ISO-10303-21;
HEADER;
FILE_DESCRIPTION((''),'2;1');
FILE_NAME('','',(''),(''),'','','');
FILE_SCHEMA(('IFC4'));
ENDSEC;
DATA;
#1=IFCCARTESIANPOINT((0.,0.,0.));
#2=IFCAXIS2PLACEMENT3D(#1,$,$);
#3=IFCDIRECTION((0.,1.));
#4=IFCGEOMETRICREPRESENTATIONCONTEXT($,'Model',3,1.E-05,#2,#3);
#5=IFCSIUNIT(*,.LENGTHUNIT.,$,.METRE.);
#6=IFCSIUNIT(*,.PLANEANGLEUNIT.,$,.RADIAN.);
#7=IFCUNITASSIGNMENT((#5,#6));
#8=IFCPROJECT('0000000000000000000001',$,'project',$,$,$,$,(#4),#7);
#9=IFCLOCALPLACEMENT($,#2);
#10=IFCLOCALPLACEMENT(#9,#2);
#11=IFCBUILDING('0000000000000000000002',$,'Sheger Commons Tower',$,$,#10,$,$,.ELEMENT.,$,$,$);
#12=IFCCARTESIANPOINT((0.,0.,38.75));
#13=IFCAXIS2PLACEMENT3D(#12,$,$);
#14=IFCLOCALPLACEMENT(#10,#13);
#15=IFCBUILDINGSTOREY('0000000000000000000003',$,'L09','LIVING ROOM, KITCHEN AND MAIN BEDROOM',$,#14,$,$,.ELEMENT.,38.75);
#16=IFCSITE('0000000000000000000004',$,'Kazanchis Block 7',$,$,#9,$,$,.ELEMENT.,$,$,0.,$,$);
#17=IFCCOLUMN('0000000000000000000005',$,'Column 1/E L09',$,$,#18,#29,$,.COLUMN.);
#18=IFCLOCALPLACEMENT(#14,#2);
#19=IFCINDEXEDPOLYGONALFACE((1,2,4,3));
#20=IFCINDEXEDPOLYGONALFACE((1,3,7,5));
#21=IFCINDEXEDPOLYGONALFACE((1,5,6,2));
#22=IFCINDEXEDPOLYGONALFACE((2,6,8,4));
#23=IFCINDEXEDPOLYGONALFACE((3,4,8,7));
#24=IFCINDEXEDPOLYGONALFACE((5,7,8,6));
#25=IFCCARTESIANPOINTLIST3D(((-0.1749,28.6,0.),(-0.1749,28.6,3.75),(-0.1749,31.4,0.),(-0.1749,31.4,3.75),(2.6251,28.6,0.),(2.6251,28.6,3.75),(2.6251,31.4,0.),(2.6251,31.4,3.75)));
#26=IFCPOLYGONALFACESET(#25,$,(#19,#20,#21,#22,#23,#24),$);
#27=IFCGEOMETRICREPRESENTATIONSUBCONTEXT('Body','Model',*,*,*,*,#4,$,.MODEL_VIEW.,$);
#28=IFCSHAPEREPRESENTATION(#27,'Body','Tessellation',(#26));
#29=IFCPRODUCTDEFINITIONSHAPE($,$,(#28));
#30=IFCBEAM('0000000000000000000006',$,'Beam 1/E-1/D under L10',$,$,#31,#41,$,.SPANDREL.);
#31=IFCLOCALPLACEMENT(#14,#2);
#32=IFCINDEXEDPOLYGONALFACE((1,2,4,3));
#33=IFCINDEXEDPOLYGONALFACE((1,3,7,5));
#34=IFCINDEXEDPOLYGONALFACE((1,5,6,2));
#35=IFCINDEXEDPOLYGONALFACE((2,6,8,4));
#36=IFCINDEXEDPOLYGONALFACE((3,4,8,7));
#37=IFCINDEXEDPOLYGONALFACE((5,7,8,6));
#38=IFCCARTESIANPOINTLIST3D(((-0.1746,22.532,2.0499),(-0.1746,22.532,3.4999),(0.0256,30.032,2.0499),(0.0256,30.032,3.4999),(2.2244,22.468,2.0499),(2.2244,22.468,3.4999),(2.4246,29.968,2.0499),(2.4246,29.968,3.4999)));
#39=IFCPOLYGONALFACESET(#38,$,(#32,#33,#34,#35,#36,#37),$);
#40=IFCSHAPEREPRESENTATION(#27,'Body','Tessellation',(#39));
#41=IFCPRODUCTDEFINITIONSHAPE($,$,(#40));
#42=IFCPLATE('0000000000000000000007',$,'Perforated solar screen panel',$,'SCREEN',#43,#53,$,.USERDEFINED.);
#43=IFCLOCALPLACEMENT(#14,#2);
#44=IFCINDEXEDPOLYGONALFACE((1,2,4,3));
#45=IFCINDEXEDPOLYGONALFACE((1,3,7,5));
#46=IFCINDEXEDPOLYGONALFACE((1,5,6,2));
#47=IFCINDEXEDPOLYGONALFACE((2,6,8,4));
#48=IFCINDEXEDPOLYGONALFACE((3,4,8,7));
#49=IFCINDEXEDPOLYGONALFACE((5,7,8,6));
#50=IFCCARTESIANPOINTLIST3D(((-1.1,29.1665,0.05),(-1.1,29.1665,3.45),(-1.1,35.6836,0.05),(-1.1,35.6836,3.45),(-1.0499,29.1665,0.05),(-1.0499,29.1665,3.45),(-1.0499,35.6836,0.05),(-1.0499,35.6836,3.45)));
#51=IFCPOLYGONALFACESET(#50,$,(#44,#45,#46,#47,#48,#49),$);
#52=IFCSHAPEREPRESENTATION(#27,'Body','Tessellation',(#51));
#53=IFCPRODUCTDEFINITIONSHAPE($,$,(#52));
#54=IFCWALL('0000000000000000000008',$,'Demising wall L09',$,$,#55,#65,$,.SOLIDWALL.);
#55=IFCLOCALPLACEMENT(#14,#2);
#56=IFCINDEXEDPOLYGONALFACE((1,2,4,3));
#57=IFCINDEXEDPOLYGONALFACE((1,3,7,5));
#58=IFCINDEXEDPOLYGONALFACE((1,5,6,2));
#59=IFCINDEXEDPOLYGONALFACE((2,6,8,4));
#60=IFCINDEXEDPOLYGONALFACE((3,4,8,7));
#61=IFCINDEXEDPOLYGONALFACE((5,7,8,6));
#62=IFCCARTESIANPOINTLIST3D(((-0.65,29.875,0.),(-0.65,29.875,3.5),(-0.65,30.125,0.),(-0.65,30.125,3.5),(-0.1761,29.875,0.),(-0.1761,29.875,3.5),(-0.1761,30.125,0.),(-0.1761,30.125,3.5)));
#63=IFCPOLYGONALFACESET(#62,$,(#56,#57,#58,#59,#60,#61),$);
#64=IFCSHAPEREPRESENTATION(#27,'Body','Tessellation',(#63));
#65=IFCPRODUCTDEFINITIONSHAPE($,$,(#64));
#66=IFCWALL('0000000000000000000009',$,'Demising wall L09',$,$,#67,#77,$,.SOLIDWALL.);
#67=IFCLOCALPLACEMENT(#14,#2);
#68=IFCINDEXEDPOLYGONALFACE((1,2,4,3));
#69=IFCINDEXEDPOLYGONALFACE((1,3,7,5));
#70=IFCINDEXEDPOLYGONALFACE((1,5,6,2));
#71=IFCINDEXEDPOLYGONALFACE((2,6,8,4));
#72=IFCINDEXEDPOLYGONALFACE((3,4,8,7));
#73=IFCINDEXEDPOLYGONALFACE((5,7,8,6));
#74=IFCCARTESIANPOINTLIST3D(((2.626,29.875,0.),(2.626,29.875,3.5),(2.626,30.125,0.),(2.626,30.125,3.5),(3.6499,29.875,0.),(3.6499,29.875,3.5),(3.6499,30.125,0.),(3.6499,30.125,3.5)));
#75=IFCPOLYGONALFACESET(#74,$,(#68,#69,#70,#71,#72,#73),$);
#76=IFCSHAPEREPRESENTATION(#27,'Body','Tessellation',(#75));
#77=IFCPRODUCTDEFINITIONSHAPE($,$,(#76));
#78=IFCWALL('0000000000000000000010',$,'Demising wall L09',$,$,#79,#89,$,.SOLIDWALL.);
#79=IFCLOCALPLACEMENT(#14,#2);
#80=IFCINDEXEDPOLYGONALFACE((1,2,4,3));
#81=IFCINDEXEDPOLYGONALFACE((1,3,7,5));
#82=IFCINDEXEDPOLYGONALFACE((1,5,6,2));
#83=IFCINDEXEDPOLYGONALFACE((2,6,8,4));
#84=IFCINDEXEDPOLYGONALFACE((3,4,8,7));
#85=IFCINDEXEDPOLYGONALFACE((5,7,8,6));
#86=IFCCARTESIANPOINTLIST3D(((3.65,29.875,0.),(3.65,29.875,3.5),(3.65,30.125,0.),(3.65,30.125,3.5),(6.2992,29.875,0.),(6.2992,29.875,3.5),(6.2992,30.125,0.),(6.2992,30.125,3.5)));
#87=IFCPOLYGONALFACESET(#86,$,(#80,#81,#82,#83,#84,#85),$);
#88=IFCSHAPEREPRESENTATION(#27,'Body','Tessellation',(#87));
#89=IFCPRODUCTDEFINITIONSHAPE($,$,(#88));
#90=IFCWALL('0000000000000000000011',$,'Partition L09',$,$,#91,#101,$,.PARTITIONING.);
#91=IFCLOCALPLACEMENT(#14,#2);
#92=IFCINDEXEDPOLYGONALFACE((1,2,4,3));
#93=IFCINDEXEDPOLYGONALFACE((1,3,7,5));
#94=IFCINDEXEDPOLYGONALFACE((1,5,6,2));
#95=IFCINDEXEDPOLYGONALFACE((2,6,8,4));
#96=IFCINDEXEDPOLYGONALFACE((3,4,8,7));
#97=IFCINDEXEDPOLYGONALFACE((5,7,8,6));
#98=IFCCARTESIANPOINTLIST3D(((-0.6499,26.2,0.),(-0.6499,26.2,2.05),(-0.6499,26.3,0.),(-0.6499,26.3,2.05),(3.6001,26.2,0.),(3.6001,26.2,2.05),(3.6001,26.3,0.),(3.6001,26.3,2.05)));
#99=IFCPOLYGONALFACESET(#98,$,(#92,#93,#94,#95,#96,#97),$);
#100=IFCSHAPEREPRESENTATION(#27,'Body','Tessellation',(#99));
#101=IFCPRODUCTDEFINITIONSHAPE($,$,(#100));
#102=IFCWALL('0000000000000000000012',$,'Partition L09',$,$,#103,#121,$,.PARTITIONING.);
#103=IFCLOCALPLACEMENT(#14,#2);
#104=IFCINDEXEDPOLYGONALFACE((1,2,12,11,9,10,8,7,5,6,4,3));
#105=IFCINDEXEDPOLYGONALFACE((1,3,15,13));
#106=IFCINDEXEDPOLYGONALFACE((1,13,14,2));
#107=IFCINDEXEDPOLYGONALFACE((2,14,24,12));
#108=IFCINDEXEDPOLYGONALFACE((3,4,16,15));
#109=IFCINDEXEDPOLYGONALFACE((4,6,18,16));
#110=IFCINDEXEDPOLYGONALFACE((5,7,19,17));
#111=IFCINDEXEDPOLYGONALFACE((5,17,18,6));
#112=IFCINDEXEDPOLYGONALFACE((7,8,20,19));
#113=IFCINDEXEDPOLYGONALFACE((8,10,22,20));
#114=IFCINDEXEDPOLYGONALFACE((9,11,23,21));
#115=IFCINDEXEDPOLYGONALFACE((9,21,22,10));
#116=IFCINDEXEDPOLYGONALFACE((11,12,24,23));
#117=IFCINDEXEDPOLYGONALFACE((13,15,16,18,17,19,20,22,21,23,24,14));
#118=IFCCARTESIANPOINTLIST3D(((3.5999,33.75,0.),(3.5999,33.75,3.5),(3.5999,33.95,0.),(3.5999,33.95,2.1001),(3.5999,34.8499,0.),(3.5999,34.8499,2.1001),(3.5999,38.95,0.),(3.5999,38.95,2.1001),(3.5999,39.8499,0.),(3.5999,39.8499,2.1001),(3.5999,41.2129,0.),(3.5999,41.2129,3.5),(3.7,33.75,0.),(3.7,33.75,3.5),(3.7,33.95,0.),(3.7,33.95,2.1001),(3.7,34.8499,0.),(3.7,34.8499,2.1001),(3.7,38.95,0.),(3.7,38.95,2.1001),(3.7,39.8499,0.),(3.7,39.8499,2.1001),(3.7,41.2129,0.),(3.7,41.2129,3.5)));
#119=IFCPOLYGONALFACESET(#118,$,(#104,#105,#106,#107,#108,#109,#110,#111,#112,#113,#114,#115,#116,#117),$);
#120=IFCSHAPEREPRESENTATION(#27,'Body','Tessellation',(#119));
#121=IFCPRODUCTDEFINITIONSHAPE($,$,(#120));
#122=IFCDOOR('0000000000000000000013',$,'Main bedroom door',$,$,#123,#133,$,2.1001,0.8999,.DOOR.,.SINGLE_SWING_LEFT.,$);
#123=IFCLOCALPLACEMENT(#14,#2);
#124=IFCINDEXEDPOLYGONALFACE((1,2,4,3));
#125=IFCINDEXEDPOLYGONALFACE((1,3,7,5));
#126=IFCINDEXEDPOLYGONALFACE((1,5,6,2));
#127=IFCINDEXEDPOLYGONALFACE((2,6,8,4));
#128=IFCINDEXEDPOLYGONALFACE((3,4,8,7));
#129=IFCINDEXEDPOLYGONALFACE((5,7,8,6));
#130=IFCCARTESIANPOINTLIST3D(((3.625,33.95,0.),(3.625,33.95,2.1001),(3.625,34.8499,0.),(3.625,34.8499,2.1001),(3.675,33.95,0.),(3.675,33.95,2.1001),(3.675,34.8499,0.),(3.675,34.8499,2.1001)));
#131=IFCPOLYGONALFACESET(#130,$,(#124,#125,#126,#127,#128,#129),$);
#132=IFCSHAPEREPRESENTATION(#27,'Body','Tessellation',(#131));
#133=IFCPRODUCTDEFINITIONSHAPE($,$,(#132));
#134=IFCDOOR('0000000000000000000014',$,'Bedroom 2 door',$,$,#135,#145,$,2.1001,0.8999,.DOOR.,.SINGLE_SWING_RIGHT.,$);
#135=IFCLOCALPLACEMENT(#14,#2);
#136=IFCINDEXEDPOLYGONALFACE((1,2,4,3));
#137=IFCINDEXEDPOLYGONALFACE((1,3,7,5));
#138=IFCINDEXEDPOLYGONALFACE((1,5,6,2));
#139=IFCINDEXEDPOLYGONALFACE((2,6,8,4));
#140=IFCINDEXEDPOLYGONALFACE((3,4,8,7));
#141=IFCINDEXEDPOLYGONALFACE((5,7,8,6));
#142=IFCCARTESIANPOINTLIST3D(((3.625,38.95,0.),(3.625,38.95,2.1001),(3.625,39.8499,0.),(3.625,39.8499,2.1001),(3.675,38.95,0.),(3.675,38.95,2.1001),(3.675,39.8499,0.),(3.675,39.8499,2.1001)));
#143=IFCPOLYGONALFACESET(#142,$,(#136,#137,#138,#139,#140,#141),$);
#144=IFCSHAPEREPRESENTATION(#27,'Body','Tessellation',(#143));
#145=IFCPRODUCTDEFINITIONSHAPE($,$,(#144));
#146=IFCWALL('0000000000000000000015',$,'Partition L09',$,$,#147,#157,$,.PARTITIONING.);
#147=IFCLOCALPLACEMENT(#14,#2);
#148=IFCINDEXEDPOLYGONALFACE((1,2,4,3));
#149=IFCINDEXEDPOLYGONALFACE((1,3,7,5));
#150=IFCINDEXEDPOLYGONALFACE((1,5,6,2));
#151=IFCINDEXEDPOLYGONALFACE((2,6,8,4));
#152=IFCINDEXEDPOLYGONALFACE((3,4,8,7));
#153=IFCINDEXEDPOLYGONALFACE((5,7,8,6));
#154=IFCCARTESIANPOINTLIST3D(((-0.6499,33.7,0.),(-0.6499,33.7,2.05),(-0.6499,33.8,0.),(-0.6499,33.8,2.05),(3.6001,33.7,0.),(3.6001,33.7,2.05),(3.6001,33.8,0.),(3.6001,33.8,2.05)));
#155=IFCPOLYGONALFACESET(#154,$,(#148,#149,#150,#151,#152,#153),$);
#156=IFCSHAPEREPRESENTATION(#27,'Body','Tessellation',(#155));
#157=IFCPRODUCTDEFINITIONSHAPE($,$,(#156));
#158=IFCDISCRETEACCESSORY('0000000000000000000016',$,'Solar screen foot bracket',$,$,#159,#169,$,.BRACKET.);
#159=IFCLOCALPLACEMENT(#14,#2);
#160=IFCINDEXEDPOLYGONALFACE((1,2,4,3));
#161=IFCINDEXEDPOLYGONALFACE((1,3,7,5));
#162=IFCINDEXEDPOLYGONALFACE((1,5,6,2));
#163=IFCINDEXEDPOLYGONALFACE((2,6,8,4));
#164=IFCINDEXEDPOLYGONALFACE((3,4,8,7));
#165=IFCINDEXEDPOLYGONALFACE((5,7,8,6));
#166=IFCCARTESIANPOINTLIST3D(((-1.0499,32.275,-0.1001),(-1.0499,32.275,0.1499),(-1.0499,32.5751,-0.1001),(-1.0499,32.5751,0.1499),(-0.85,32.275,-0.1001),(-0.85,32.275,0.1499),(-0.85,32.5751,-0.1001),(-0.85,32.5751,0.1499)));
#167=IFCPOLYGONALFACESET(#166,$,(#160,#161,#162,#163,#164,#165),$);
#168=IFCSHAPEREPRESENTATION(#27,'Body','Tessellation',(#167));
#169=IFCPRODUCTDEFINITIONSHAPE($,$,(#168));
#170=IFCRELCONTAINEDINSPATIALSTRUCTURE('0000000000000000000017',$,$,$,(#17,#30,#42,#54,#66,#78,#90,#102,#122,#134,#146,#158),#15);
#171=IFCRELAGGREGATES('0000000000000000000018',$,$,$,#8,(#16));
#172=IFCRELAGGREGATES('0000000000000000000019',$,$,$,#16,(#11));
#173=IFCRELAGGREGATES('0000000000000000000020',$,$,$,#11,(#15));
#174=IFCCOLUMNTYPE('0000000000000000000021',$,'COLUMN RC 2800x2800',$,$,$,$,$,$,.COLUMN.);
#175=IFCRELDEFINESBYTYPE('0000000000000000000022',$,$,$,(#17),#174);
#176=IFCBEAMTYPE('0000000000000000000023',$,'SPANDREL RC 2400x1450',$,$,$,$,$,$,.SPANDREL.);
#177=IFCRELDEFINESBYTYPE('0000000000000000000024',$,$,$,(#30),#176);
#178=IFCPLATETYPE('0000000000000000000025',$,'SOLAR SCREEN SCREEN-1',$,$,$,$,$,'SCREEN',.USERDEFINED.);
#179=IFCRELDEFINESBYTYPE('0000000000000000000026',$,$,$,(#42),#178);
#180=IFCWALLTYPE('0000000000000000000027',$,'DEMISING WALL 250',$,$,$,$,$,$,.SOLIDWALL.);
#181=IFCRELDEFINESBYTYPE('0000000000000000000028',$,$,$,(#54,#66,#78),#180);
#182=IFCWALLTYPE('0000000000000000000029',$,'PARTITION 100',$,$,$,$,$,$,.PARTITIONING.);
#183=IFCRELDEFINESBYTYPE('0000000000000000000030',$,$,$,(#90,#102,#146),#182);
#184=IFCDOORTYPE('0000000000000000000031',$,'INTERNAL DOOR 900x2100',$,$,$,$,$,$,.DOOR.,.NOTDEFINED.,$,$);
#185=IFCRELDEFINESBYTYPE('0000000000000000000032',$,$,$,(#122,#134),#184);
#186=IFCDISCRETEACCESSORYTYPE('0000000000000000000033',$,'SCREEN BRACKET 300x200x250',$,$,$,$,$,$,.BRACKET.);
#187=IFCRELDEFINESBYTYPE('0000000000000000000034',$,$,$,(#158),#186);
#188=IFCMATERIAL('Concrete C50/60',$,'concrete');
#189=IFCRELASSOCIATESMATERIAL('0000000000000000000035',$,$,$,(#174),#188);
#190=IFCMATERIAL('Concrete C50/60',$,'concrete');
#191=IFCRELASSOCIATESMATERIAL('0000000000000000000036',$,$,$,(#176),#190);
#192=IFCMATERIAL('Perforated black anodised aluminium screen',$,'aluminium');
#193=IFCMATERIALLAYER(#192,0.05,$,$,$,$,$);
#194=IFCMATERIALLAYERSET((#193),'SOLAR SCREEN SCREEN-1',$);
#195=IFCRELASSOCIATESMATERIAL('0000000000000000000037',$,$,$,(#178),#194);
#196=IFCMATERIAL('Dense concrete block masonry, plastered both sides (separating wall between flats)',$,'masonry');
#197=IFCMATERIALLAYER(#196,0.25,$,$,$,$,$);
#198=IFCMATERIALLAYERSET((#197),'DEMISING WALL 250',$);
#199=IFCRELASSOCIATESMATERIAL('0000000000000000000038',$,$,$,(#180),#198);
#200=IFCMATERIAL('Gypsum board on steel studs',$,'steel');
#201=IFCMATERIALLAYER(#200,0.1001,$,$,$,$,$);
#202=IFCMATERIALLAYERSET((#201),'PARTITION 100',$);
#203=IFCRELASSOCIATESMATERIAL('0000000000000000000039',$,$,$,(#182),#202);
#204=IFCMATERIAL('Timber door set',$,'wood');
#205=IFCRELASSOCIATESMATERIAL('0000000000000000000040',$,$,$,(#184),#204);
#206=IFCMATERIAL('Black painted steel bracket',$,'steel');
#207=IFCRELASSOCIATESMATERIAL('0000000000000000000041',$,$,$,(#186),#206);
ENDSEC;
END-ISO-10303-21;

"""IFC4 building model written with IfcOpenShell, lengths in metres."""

from ifc_helpers import new_model, si_unit, direction, frame, frame_2d, origin, origin_2d, place, context, subcontext, project, spatial, rectangle, extrude, material, layer, layer_set, material_profile, profile_set, type_object, element, fill, save


model = new_model("IFC4")

# Units and contexts
model_context = context("Model", 3, precision=1e-05, world=origin(), true_north=direction((0.0, 1.0)))
body_context = subcontext(model_context, "Body", "Model", "MODEL_VIEW")
ifc_project = project(units=[si_unit("LENGTHUNIT", "METRE"), si_unit("PLANEANGLEUNIT", "RADIAN")], contexts=[model_context])

# Site, building, storey
site_placement = place(None, origin())
site = spatial("IfcSite", under=ifc_project, at=site_placement, Name="Kazanchis Block 7", CompositionType="ELEMENT", RefElevation=0.0)
building_placement = place(site_placement, origin())
building = spatial("IfcBuilding", under=site, at=building_placement, Name="Sheger Commons Tower", CompositionType="ELEMENT")
storey_placement = place(building_placement, frame((0.0, 0.0, 38.75)))
storey = spatial("IfcBuildingStorey", under=building, at=storey_placement, Name="L09", Description="LIVING ROOM, KITCHEN AND MAIN BEDROOM", CompositionType="ELEMENT", Elevation=38.75)

# Column
ifc_material_1 = material(Name="Concrete C50/60", Category="concrete")
ifc_material_profile_1 = material_profile(ifc_material_1, rectangle(XDim=2.8, YDim=2.8, at=origin_2d()), Name="RC 2800x2800")
ifc_profile_set_1 = profile_set([ifc_material_profile_1], Name="Concrete C50/60")
column_type = type_object("IfcColumnType", Name="COLUMN RC 2800x2800", PredefinedType="COLUMN", material=ifc_profile_set_1)
column_placement = place(storey_placement, frame((1.2251, 30.0, 0.0), z_axis=(0.0, 0.0, 1.0), x_axis=(1.0, 0.0, 0.0)))
element("IfcColumn", 1, at=column_placement, inside=storey, type_object=column_type, Name="Column 1/E L09", PredefinedType="COLUMN", context=body_context, shape_type="SweptSolid", body=[
    extrude(rectangle(XDim=2.8, YDim=2.8, at=origin_2d()), origin(), (0.0, 0.0, 1.0), 3.75),
])

# Beam
ifc_material_2 = material(Name="Concrete C50/60", Category="concrete")
ifc_material_profile_2 = material_profile(ifc_material_2, rectangle(XDim=2.3999, YDim=1.45, at=origin_2d()), Name="RC 2400x1450")
ifc_profile_set_2 = profile_set([ifc_material_profile_2], Name="Concrete C50/60")
beam_type = type_object("IfcBeamType", Name="SPANDREL RC 2400x1450", PredefinedType="SPANDREL", material=ifc_profile_set_2)
beam_placement = place(storey_placement, frame((1.2251, 30.0, 2.7749), z_axis=(-0.026683, -0.999644, 0.0), x_axis=(0.999644, -0.026683, 0.0)))
element("IfcBeam", 2, at=beam_placement, inside=storey, type_object=beam_type, Name="Beam 1/E-1/D under L10", PredefinedType="SPANDREL", context=body_context, shape_type="SweptSolid", body=[
    extrude(rectangle(XDim=2.3999, YDim=1.45, at=origin_2d()), origin(), (0.0, 0.0, 1.0), 7.5027),
])

# Plate
ifc_material_3 = material(Name="Perforated black anodised aluminium screen", Category="aluminium")
ifc_layer_1 = layer(ifc_material_3, 0.05)
ifc_layer_set_1 = layer_set([ifc_layer_1], Name="SOLAR SCREEN SCREEN-1")
plate_type = type_object("IfcPlateType", Name="SOLAR SCREEN SCREEN-1", ElementType="SCREEN", PredefinedType="USERDEFINED", material=ifc_layer_set_1)
plate_placement = place(storey_placement, frame((-1.075, 32.425, 0.05), z_axis=(0.0, 0.0, 1.0), x_axis=(0.0, -1.0, 0.0)))
element("IfcPlate", 3, at=plate_placement, inside=storey, type_object=plate_type, Name="Perforated solar screen panel", ObjectType="SCREEN", PredefinedType="USERDEFINED", context=body_context, shape_type="SweptSolid", body=[
    extrude(rectangle(XDim=6.5171, YDim=0.05, at=origin_2d()), origin(), (0.0, 0.0, 1.0), 3.3999),
])

# Walls
ifc_material_4 = material(Name="Dense concrete block masonry, plastered both sides (separating wall between flats)", Category="masonry")
ifc_layer_2 = layer(ifc_material_4, 0.25)
ifc_layer_set_2 = layer_set([ifc_layer_2], Name="DEMISING WALL 250")
wall_type_1 = type_object("IfcWallType", Name="DEMISING WALL 250", PredefinedType="SOLIDWALL", material=ifc_layer_set_2)
wall_1_placement = place(storey_placement, frame((-0.6499, 30.0, 0.0), z_axis=(0.0, 0.0, 1.0), x_axis=(1.0, 0.0, 0.0)))
element("IfcWall", 4, at=wall_1_placement, inside=storey, type_object=wall_type_1, Name="Demising wall L09", PredefinedType="SOLIDWALL", context=body_context, shape_type="SweptSolid", body=[
    extrude(rectangle(XDim=0.4739, YDim=0.25, at=frame_2d((0.2368, 0.0))), origin(), (0.0, 0.0, 1.0), 3.5),
])
wall_2_placement = place(storey_placement, frame((2.626, 30.0, 0.0), z_axis=(0.0, 0.0, 1.0), x_axis=(1.0, 0.0, 0.0)))
element("IfcWall", 5, at=wall_2_placement, inside=storey, type_object=wall_type_1, Name="Demising wall L09", PredefinedType="SOLIDWALL", context=body_context, shape_type="SweptSolid", body=[
    extrude(rectangle(XDim=1.0239, YDim=0.25, at=frame_2d((0.512, 0.0))), origin(), (0.0, 0.0, 1.0), 3.5),
])
wall_3_placement = place(storey_placement, frame((3.6499, 30.0, 0.0), z_axis=(0.0, 0.0, 1.0), x_axis=(1.0, 0.0, 0.0)))
element("IfcWall", 6, at=wall_3_placement, inside=storey, type_object=wall_type_1, Name="Demising wall L09", PredefinedType="SOLIDWALL", context=body_context, shape_type="SweptSolid", body=[
    extrude(rectangle(XDim=2.6492, YDim=0.25, at=frame_2d((1.3247, 0.0))), origin(), (0.0, 0.0, 1.0), 3.5),
])
ifc_material_5 = material(Name="Gypsum board on steel studs", Category="steel")
ifc_layer_3 = layer(ifc_material_5, 0.1001)
ifc_layer_set_3 = layer_set([ifc_layer_3], Name="PARTITION 100")
wall_type_2 = type_object("IfcWallType", Name="PARTITION 100", PredefinedType="PARTITIONING", material=ifc_layer_set_3)
wall_4_placement = place(storey_placement, frame((-0.6499, 26.25, 0.0), z_axis=(0.0, 0.0, 1.0), x_axis=(1.0, 0.0, 0.0)))
element("IfcWall", 7, at=wall_4_placement, inside=storey, type_object=wall_type_2, Name="Partition L09", PredefinedType="PARTITIONING", context=body_context, shape_type="SweptSolid", body=[
    extrude(rectangle(XDim=4.25, YDim=0.1001, at=frame_2d((2.125, 0.0))), origin(), (0.0, 0.0, 1.0), 2.05),
])

# Wall, openings, doors
wall_5_placement = place(storey_placement, frame((3.6499, 33.75, 0.0), z_axis=(0.0, 0.0, 1.0), x_axis=(0.0, 1.0, 0.0)))
wall_5 = element("IfcWall", 8, at=wall_5_placement, inside=storey, type_object=wall_type_2, Name="Partition L09", PredefinedType="PARTITIONING", context=body_context, shape_type="SweptSolid", body=[
    extrude(rectangle(XDim=7.4629, YDim=0.1001, at=frame_2d((3.7314, 0.0))), origin(), (0.0, 0.0, 1.0), 3.5),
])
opening_1_placement = place(wall_5_placement, frame((0.2, 0.0, 0.0)))
opening_1 = element("IfcOpeningElement", 9, at=opening_1_placement, cuts=wall_5, PredefinedType="OPENING", context=body_context, shape_type="SweptSolid", body=[
    extrude(rectangle(XDim=0.8999, YDim=2.1001, at=frame_2d((0.45, 1.05))), frame((0.0, 0.0601, 0.0), z_axis=(0.0, -1.0, 0.0), x_axis=(1.0, 0.0, 0.0)), (0.0, 0.0, 1.0), 0.1201),
])
opening_2_placement = place(wall_5_placement, frame((5.2, 0.0, 0.0)))
opening_2 = element("IfcOpeningElement", 10, at=opening_2_placement, cuts=wall_5, PredefinedType="OPENING", context=body_context, shape_type="SweptSolid", body=[
    extrude(rectangle(XDim=0.8999, YDim=2.1001, at=frame_2d((0.45, 1.05))), frame((0.0, 0.0601, 0.0), z_axis=(0.0, -1.0, 0.0), x_axis=(1.0, 0.0, 0.0)), (0.0, 0.0, 1.0), 0.1201),
])
ifc_material_6 = material(Name="Timber door set", Category="wood")
door_type = type_object("IfcDoorType", Name="INTERNAL DOOR 900x2100", OperationType="NOTDEFINED", PredefinedType="DOOR", material=ifc_material_6)
door_1_placement = place(opening_1_placement, origin())
door_1 = element("IfcDoor", 11, at=door_1_placement, inside=storey, type_object=door_type, Name="Main bedroom door", OperationType="SINGLE_SWING_LEFT", OverallHeight=2.1001, OverallWidth=0.8999, PredefinedType="DOOR", context=body_context, shape_type="SweptSolid", body=[
    extrude(rectangle(XDim=0.8999, YDim=2.1001, at=frame_2d((0.45, 1.05))), frame((0.0, 0.0249, 0.0), z_axis=(0.0, -1.0, 0.0), x_axis=(1.0, 0.0, 0.0)), (0.0, 0.0, 1.0), 0.05),
])
fill(opening_1, door_1)
door_2_placement = place(opening_2_placement, origin())
door_2 = element("IfcDoor", 12, at=door_2_placement, inside=storey, type_object=door_type, Name="Bedroom 2 door", OperationType="SINGLE_SWING_RIGHT", OverallHeight=2.1001, OverallWidth=0.8999, PredefinedType="DOOR", context=body_context, shape_type="SweptSolid", body=[
    extrude(rectangle(XDim=0.8999, YDim=2.1001, at=frame_2d((0.45, 1.05))), frame((0.0, 0.0249, 0.0), z_axis=(0.0, -1.0, 0.0), x_axis=(1.0, 0.0, 0.0)), (0.0, 0.0, 1.0), 0.05),
])
fill(opening_2, door_2)

# Wall
wall_6_placement = place(storey_placement, frame((-0.6499, 33.75, 0.0), z_axis=(0.0, 0.0, 1.0), x_axis=(1.0, 0.0, 0.0)))
element("IfcWall", 13, at=wall_6_placement, inside=storey, type_object=wall_type_2, Name="Partition L09", PredefinedType="PARTITIONING", context=body_context, shape_type="SweptSolid", body=[
    extrude(rectangle(XDim=4.25, YDim=0.1001, at=frame_2d((2.125, 0.0))), origin(), (0.0, 0.0, 1.0), 2.05),
])

# Discrete accessory
ifc_material_7 = material(Name="Black painted steel bracket", Category="steel")
discrete_accessory_type = type_object("IfcDiscreteAccessoryType", Name="SCREEN BRACKET 300x200x250", PredefinedType="BRACKET", material=ifc_material_7)
for number, where, z_axis, x_axis, name in (
    (14, (-0.95, 32.425, -0.1001), (0.0, 0.0, 1.0), (0.0, -1.0, 0.0), "Solar screen foot bracket"),
):
    element("IfcDiscreteAccessory", number, at=place(storey_placement, frame(where, z_axis=z_axis, x_axis=x_axis)), inside=storey, type_object=discrete_accessory_type, Name=name, PredefinedType="BRACKET", context=body_context, shape_type="SweptSolid", body=[
        extrude(rectangle(XDim=0.3, YDim=0.2, at=origin_2d()), origin(), (0.0, 0.0, 1.0), 0.25),
    ])

save(model, "model.ifc")
